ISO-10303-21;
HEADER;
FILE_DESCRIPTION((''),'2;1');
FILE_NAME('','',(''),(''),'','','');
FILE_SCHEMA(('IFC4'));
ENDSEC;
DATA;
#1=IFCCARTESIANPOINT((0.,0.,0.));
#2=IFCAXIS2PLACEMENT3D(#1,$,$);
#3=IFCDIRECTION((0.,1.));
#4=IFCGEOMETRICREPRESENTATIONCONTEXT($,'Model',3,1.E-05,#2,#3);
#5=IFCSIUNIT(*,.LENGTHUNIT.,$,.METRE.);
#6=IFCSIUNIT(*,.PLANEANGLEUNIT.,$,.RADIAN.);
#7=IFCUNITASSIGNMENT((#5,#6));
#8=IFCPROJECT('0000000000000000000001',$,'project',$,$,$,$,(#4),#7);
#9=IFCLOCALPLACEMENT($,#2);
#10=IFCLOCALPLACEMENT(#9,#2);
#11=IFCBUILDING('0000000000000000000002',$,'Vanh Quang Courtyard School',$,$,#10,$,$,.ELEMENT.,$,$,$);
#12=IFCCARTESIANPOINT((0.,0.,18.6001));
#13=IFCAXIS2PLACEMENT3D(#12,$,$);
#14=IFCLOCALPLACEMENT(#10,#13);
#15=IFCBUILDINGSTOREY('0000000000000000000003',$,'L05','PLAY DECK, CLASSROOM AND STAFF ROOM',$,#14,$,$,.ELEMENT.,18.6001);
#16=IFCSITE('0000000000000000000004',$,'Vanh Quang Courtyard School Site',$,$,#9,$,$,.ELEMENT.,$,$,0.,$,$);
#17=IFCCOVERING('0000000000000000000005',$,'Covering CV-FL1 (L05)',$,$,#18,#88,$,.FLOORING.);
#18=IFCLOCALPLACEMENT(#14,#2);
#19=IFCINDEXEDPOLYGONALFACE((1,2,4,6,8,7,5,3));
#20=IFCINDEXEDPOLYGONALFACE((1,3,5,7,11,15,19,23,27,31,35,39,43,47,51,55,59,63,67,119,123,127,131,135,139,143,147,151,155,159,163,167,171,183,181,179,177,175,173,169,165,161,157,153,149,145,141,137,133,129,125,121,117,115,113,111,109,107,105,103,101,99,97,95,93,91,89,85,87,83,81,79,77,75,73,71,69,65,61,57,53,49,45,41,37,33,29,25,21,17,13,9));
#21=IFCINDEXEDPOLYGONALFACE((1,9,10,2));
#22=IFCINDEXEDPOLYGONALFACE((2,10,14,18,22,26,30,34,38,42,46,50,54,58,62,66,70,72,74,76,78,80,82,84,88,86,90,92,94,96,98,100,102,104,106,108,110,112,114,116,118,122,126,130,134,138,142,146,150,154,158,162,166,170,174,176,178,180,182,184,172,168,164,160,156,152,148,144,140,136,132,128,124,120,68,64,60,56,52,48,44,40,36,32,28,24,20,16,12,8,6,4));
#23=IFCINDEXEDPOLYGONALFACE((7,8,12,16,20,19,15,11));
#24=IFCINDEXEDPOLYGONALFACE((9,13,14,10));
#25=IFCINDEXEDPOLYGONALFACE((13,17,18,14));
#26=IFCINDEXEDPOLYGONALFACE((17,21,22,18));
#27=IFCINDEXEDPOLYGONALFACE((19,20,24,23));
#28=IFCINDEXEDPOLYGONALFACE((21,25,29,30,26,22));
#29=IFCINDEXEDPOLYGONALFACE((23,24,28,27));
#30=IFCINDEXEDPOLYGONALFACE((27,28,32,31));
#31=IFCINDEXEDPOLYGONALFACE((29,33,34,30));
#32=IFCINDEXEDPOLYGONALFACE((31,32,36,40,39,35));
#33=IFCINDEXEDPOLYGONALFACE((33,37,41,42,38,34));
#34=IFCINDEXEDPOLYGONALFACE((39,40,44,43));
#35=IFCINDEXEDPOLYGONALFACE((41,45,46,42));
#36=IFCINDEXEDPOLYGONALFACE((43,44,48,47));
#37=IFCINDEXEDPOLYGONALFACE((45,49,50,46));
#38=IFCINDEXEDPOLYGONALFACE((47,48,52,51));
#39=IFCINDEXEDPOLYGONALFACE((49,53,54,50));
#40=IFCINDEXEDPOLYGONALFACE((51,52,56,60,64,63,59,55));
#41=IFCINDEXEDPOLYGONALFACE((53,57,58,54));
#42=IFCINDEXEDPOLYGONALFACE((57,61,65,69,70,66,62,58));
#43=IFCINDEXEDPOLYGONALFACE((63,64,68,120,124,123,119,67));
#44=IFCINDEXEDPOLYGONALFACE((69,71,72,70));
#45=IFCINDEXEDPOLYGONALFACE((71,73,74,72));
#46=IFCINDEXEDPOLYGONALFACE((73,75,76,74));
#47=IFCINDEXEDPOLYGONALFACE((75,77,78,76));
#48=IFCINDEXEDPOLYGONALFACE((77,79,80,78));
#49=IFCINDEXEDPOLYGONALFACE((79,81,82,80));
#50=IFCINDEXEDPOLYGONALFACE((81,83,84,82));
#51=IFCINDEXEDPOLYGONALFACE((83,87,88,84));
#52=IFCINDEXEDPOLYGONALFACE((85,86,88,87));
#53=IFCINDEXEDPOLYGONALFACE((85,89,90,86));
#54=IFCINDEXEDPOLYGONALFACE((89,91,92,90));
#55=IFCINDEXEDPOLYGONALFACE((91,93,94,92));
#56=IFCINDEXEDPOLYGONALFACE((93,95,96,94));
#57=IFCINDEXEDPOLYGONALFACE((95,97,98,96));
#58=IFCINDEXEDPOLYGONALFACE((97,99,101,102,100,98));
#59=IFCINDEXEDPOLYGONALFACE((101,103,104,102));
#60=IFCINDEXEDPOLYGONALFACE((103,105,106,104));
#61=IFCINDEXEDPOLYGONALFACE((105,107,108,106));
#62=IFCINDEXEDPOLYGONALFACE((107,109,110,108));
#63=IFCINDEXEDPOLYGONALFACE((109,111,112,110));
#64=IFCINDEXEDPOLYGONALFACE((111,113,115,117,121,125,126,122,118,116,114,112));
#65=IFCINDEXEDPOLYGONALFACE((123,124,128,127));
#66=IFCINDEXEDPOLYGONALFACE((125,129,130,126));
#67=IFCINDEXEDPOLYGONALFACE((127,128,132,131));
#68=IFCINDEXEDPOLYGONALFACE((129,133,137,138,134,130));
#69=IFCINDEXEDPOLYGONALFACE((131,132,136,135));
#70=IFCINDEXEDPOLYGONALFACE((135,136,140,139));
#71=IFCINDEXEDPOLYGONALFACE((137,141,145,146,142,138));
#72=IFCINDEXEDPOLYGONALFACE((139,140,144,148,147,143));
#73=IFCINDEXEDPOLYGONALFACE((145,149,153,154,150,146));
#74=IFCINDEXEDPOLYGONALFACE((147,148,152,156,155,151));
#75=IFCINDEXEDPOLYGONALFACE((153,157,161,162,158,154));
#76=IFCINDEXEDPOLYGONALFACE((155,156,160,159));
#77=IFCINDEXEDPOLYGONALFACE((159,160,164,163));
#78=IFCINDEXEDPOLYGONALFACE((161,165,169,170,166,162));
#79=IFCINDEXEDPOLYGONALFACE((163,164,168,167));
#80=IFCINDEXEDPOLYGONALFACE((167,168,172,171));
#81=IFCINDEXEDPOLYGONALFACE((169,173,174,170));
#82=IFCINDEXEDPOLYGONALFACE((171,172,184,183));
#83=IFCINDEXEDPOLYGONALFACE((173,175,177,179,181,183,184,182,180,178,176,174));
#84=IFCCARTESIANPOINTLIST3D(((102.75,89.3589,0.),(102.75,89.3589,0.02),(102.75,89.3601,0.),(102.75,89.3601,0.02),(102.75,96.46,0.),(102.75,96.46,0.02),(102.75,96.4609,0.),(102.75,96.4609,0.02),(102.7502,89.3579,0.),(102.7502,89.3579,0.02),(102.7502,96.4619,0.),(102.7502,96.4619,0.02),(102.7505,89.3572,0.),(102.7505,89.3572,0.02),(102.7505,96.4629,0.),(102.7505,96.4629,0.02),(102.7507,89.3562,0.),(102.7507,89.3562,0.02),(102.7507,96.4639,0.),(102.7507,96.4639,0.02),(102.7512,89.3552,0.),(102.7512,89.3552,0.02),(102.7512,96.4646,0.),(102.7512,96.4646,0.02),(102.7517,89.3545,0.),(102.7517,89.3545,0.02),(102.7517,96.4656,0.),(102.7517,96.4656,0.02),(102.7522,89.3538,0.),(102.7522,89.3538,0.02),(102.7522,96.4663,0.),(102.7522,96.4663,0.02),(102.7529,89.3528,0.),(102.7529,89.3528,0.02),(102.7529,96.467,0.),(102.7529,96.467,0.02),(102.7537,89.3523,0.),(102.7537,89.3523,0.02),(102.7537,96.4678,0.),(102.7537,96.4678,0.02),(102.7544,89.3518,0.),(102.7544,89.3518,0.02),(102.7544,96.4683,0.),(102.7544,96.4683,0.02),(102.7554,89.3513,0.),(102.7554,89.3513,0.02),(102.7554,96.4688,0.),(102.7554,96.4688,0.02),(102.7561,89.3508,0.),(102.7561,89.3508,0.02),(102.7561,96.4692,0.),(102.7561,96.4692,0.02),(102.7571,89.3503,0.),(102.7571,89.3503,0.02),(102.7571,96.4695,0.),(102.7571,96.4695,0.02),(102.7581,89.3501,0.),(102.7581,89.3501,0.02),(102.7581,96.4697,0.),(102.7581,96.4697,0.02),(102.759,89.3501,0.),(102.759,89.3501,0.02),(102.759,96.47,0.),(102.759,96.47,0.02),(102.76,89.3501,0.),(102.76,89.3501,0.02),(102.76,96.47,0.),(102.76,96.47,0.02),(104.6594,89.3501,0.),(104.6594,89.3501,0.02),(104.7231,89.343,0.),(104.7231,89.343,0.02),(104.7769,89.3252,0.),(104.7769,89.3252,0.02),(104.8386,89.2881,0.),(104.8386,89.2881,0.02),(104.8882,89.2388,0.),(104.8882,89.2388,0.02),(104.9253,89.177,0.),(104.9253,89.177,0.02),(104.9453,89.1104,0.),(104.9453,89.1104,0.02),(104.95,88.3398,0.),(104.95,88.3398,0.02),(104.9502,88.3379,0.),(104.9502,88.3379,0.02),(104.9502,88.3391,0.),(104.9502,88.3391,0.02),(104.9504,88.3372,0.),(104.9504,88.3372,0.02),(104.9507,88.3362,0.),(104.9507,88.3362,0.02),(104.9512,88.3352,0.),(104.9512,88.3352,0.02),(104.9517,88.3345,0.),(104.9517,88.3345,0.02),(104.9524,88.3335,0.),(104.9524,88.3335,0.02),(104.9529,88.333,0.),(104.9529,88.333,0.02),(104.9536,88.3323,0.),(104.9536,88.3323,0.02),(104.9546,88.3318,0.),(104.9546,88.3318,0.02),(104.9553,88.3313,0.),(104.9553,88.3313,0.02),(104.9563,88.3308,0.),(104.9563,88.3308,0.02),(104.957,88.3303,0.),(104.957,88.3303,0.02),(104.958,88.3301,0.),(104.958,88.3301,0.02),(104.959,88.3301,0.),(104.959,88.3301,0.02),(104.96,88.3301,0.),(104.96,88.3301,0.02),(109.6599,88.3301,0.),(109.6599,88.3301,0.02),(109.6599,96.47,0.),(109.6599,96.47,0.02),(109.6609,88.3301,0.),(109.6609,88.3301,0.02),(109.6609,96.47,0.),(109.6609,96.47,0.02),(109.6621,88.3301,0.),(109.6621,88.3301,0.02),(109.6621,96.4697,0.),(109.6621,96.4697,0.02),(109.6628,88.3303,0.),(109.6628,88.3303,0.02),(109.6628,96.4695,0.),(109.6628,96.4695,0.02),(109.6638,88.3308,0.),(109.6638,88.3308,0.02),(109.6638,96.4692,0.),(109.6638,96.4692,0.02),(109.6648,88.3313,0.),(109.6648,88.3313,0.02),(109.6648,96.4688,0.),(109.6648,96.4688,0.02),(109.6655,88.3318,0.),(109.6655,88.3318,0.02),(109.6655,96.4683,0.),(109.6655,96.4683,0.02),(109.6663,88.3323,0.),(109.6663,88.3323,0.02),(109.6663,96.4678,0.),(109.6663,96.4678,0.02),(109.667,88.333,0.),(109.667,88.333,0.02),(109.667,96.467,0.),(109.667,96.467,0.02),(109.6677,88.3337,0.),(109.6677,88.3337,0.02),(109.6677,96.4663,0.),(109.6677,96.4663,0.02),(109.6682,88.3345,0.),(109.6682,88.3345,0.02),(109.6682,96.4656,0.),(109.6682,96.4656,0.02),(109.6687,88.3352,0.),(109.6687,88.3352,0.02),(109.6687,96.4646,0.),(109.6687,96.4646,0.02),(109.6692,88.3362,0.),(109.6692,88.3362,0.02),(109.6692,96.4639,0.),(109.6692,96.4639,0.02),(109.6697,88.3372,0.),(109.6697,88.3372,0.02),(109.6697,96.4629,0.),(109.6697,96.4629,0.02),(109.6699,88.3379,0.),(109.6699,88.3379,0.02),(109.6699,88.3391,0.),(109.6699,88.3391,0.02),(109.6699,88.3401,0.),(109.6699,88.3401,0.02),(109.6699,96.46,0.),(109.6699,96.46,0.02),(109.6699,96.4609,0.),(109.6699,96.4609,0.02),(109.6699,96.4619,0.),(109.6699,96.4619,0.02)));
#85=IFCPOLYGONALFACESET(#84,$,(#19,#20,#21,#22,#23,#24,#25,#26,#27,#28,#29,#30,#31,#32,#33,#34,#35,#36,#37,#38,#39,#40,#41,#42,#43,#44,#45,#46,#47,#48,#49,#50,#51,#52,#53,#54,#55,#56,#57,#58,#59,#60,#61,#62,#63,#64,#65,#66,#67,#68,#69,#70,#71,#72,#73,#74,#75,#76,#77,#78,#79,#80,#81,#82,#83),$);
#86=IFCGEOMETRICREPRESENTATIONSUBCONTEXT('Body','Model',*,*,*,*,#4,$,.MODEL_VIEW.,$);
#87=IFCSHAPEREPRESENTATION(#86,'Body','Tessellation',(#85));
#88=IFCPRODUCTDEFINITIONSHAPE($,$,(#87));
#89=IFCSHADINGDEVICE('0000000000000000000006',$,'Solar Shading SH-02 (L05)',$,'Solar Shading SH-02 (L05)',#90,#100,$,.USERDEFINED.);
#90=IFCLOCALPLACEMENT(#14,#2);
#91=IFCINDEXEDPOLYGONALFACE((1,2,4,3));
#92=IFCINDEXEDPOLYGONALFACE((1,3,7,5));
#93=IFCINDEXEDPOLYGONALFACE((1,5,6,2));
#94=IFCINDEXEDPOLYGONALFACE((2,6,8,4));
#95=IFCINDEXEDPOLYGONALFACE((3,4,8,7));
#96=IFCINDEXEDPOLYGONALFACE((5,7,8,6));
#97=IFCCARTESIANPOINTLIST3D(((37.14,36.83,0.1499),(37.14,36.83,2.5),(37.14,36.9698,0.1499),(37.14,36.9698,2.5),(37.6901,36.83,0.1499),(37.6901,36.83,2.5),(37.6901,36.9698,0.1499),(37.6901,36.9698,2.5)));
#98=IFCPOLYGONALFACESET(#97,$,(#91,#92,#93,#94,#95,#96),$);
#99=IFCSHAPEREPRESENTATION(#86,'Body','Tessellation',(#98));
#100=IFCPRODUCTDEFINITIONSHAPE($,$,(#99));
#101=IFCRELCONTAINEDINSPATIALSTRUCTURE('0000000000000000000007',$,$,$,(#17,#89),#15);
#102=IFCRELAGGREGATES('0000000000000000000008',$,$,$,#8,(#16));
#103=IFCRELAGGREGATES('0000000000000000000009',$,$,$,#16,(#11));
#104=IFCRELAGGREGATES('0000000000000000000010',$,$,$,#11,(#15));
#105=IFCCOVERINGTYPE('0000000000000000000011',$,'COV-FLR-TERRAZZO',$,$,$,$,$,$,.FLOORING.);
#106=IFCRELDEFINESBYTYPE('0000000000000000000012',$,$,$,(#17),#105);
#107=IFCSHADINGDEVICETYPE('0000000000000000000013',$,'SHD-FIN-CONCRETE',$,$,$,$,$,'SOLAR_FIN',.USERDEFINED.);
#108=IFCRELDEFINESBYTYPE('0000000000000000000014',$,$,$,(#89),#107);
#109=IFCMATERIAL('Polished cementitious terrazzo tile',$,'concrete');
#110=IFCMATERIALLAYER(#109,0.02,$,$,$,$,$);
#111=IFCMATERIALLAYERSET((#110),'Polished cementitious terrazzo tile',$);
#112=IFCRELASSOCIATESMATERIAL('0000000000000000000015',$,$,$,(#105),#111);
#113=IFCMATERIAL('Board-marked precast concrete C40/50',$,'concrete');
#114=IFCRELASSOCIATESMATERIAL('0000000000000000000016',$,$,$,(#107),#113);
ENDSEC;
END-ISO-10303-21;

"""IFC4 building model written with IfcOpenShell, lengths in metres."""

from ifc_helpers import new_model, si_unit, direction, frame, origin, origin_2d, place, context, subcontext, project, spatial, polyline, rectangle, outline, extrude, material, layer, layer_set, type_object, element, save


model = new_model("IFC4")

# Units and contexts
model_context = context("Model", 3, precision=1e-05, world=origin(), true_north=direction((0.0, 1.0)))
body_context = subcontext(model_context, "Body", "Model", "MODEL_VIEW")
ifc_project = project(units=[si_unit("LENGTHUNIT", "METRE"), si_unit("PLANEANGLEUNIT", "RADIAN")], contexts=[model_context])

# Site, building, storey
site_placement = place(None, origin())
site = spatial("IfcSite", under=ifc_project, at=site_placement, Name="Vanh Quang Courtyard School Site", CompositionType="ELEMENT", RefElevation=0.0)
building_placement = place(site_placement, origin())
building = spatial("IfcBuilding", under=site, at=building_placement, Name="Vanh Quang Courtyard School", CompositionType="ELEMENT")
storey_placement = place(building_placement, frame((0.0, 0.0, 18.6001)))
storey = spatial("IfcBuildingStorey", under=building, at=storey_placement, Name="L05", Description="PLAY DECK, CLASSROOM AND STAFF ROOM", CompositionType="ELEMENT", Elevation=18.6001)

# Covering
ifc_material_1 = material(Name="Polished cementitious terrazzo tile", Category="concrete")
ifc_layer_1 = layer(ifc_material_1, 0.02)
ifc_layer_set_1 = layer_set([ifc_layer_1], Name="Polished cementitious terrazzo tile")
covering_type_1 = type_object("IfcCoveringType", Name="COV-FLR-TERRAZZO", PredefinedType="FLOORING", material=ifc_layer_set_1)
covering_1_placement = place(storey_placement, origin())
element("IfcCovering", 1, at=covering_1_placement, inside=storey, type_object=covering_type_1, Name="Covering CV-FL1 (L05)", PredefinedType="FLOORING", context=body_context, shape_type="SweptSolid", body=[
    extrude(outline(polyline([(102.75, 96.46), (102.75, 96.4609), (102.7502, 96.4619), (102.7505, 96.4629), (102.7507, 96.4639), (102.7512, 96.4646), (102.7517, 96.4656), (102.7522, 96.4663), (102.7529, 96.467), (102.7537, 96.4678), (102.7544, 96.4683), (102.7554, 96.4688), (102.7561, 96.4692), (102.7571, 96.4695), (102.7581, 96.4697), (102.759, 96.47), (102.76, 96.47), (109.6599, 96.47), (109.6609, 96.47), (109.6621, 96.4697), (109.6628, 96.4695), (109.6638, 96.4692), (109.6648, 96.4688), (109.6655, 96.4683), (109.6663, 96.4678), (109.667, 96.467), (109.6677, 96.4663), (109.6682, 96.4656), (109.6687, 96.4646), (109.6692, 96.4639), (109.6697, 96.4629), (109.6699, 96.4619), (109.6699, 96.4609), (109.6699, 96.46), (109.6699, 88.3401), (109.6699, 88.3391), (109.6699, 88.3379), (109.6697, 88.3372), (109.6692, 88.3362), (109.6687, 88.3352), (109.6682, 88.3345), (109.6677, 88.3337), (109.667, 88.333), (109.6663, 88.3323), (109.6655, 88.3318), (109.6648, 88.3313), (109.6638, 88.3308), (109.6628, 88.3303), (109.6621, 88.3301), (109.6609, 88.3301), (109.6599, 88.3301), (104.96, 88.3301), (104.959, 88.3301), (104.958, 88.3301), (104.957, 88.3303), (104.9563, 88.3308), (104.9553, 88.3313), (104.9546, 88.3318), (104.9536, 88.3323), (104.9529, 88.333), (104.9524, 88.3335), (104.9517, 88.3345), (104.9512, 88.3352), (104.9507, 88.3362), (104.9504, 88.3372), (104.9502, 88.3379), (104.9502, 88.3391), (104.95, 88.3398), (104.9453, 89.1104), (104.9253, 89.177), (104.8882, 89.2388), (104.8386, 89.2881), (104.7769, 89.3252), (104.7231, 89.343), (104.6594, 89.3501), (102.76, 89.3501), (102.759, 89.3501), (102.7581, 89.3501), (102.7571, 89.3503), (102.7561, 89.3508), (102.7554, 89.3513), (102.7544, 89.3518), (102.7537, 89.3523), (102.7529, 89.3528), (102.7522, 89.3538), (102.7517, 89.3545), (102.7512, 89.3552), (102.7507, 89.3562), (102.7505, 89.3572), (102.7502, 89.3579), (102.75, 89.3589), (102.75, 89.3601), (102.75, 96.46)])), origin(), (0.0, 0.0, 1.0), 0.02),
])

# Shading device
ifc_material_2 = material(Name="Board-marked precast concrete C40/50", Category="concrete")
shading_device_type = type_object("IfcShadingDeviceType", Name="SHD-FIN-CONCRETE", ElementType="SOLAR_FIN", PredefinedType="USERDEFINED", material=ifc_material_2)
shading_device_placement = place(storey_placement, frame((37.415, 36.8999, 0.1499), z_axis=(0.0, 0.0, 1.0), x_axis=(0.0, 1.0, 0.0)))
element("IfcShadingDevice", 2, at=shading_device_placement, inside=storey, type_object=shading_device_type, Name="Solar Shading SH-02 (L05)", ObjectType="Solar Shading SH-02 (L05)", PredefinedType="USERDEFINED", context=body_context, shape_type="SweptSolid", body=[
    extrude(rectangle(XDim=0.1399, YDim=0.55, at=origin_2d()), origin(), (0.0, 0.0, 1.0), 2.3501),
])

save(model, "model.ifc")
